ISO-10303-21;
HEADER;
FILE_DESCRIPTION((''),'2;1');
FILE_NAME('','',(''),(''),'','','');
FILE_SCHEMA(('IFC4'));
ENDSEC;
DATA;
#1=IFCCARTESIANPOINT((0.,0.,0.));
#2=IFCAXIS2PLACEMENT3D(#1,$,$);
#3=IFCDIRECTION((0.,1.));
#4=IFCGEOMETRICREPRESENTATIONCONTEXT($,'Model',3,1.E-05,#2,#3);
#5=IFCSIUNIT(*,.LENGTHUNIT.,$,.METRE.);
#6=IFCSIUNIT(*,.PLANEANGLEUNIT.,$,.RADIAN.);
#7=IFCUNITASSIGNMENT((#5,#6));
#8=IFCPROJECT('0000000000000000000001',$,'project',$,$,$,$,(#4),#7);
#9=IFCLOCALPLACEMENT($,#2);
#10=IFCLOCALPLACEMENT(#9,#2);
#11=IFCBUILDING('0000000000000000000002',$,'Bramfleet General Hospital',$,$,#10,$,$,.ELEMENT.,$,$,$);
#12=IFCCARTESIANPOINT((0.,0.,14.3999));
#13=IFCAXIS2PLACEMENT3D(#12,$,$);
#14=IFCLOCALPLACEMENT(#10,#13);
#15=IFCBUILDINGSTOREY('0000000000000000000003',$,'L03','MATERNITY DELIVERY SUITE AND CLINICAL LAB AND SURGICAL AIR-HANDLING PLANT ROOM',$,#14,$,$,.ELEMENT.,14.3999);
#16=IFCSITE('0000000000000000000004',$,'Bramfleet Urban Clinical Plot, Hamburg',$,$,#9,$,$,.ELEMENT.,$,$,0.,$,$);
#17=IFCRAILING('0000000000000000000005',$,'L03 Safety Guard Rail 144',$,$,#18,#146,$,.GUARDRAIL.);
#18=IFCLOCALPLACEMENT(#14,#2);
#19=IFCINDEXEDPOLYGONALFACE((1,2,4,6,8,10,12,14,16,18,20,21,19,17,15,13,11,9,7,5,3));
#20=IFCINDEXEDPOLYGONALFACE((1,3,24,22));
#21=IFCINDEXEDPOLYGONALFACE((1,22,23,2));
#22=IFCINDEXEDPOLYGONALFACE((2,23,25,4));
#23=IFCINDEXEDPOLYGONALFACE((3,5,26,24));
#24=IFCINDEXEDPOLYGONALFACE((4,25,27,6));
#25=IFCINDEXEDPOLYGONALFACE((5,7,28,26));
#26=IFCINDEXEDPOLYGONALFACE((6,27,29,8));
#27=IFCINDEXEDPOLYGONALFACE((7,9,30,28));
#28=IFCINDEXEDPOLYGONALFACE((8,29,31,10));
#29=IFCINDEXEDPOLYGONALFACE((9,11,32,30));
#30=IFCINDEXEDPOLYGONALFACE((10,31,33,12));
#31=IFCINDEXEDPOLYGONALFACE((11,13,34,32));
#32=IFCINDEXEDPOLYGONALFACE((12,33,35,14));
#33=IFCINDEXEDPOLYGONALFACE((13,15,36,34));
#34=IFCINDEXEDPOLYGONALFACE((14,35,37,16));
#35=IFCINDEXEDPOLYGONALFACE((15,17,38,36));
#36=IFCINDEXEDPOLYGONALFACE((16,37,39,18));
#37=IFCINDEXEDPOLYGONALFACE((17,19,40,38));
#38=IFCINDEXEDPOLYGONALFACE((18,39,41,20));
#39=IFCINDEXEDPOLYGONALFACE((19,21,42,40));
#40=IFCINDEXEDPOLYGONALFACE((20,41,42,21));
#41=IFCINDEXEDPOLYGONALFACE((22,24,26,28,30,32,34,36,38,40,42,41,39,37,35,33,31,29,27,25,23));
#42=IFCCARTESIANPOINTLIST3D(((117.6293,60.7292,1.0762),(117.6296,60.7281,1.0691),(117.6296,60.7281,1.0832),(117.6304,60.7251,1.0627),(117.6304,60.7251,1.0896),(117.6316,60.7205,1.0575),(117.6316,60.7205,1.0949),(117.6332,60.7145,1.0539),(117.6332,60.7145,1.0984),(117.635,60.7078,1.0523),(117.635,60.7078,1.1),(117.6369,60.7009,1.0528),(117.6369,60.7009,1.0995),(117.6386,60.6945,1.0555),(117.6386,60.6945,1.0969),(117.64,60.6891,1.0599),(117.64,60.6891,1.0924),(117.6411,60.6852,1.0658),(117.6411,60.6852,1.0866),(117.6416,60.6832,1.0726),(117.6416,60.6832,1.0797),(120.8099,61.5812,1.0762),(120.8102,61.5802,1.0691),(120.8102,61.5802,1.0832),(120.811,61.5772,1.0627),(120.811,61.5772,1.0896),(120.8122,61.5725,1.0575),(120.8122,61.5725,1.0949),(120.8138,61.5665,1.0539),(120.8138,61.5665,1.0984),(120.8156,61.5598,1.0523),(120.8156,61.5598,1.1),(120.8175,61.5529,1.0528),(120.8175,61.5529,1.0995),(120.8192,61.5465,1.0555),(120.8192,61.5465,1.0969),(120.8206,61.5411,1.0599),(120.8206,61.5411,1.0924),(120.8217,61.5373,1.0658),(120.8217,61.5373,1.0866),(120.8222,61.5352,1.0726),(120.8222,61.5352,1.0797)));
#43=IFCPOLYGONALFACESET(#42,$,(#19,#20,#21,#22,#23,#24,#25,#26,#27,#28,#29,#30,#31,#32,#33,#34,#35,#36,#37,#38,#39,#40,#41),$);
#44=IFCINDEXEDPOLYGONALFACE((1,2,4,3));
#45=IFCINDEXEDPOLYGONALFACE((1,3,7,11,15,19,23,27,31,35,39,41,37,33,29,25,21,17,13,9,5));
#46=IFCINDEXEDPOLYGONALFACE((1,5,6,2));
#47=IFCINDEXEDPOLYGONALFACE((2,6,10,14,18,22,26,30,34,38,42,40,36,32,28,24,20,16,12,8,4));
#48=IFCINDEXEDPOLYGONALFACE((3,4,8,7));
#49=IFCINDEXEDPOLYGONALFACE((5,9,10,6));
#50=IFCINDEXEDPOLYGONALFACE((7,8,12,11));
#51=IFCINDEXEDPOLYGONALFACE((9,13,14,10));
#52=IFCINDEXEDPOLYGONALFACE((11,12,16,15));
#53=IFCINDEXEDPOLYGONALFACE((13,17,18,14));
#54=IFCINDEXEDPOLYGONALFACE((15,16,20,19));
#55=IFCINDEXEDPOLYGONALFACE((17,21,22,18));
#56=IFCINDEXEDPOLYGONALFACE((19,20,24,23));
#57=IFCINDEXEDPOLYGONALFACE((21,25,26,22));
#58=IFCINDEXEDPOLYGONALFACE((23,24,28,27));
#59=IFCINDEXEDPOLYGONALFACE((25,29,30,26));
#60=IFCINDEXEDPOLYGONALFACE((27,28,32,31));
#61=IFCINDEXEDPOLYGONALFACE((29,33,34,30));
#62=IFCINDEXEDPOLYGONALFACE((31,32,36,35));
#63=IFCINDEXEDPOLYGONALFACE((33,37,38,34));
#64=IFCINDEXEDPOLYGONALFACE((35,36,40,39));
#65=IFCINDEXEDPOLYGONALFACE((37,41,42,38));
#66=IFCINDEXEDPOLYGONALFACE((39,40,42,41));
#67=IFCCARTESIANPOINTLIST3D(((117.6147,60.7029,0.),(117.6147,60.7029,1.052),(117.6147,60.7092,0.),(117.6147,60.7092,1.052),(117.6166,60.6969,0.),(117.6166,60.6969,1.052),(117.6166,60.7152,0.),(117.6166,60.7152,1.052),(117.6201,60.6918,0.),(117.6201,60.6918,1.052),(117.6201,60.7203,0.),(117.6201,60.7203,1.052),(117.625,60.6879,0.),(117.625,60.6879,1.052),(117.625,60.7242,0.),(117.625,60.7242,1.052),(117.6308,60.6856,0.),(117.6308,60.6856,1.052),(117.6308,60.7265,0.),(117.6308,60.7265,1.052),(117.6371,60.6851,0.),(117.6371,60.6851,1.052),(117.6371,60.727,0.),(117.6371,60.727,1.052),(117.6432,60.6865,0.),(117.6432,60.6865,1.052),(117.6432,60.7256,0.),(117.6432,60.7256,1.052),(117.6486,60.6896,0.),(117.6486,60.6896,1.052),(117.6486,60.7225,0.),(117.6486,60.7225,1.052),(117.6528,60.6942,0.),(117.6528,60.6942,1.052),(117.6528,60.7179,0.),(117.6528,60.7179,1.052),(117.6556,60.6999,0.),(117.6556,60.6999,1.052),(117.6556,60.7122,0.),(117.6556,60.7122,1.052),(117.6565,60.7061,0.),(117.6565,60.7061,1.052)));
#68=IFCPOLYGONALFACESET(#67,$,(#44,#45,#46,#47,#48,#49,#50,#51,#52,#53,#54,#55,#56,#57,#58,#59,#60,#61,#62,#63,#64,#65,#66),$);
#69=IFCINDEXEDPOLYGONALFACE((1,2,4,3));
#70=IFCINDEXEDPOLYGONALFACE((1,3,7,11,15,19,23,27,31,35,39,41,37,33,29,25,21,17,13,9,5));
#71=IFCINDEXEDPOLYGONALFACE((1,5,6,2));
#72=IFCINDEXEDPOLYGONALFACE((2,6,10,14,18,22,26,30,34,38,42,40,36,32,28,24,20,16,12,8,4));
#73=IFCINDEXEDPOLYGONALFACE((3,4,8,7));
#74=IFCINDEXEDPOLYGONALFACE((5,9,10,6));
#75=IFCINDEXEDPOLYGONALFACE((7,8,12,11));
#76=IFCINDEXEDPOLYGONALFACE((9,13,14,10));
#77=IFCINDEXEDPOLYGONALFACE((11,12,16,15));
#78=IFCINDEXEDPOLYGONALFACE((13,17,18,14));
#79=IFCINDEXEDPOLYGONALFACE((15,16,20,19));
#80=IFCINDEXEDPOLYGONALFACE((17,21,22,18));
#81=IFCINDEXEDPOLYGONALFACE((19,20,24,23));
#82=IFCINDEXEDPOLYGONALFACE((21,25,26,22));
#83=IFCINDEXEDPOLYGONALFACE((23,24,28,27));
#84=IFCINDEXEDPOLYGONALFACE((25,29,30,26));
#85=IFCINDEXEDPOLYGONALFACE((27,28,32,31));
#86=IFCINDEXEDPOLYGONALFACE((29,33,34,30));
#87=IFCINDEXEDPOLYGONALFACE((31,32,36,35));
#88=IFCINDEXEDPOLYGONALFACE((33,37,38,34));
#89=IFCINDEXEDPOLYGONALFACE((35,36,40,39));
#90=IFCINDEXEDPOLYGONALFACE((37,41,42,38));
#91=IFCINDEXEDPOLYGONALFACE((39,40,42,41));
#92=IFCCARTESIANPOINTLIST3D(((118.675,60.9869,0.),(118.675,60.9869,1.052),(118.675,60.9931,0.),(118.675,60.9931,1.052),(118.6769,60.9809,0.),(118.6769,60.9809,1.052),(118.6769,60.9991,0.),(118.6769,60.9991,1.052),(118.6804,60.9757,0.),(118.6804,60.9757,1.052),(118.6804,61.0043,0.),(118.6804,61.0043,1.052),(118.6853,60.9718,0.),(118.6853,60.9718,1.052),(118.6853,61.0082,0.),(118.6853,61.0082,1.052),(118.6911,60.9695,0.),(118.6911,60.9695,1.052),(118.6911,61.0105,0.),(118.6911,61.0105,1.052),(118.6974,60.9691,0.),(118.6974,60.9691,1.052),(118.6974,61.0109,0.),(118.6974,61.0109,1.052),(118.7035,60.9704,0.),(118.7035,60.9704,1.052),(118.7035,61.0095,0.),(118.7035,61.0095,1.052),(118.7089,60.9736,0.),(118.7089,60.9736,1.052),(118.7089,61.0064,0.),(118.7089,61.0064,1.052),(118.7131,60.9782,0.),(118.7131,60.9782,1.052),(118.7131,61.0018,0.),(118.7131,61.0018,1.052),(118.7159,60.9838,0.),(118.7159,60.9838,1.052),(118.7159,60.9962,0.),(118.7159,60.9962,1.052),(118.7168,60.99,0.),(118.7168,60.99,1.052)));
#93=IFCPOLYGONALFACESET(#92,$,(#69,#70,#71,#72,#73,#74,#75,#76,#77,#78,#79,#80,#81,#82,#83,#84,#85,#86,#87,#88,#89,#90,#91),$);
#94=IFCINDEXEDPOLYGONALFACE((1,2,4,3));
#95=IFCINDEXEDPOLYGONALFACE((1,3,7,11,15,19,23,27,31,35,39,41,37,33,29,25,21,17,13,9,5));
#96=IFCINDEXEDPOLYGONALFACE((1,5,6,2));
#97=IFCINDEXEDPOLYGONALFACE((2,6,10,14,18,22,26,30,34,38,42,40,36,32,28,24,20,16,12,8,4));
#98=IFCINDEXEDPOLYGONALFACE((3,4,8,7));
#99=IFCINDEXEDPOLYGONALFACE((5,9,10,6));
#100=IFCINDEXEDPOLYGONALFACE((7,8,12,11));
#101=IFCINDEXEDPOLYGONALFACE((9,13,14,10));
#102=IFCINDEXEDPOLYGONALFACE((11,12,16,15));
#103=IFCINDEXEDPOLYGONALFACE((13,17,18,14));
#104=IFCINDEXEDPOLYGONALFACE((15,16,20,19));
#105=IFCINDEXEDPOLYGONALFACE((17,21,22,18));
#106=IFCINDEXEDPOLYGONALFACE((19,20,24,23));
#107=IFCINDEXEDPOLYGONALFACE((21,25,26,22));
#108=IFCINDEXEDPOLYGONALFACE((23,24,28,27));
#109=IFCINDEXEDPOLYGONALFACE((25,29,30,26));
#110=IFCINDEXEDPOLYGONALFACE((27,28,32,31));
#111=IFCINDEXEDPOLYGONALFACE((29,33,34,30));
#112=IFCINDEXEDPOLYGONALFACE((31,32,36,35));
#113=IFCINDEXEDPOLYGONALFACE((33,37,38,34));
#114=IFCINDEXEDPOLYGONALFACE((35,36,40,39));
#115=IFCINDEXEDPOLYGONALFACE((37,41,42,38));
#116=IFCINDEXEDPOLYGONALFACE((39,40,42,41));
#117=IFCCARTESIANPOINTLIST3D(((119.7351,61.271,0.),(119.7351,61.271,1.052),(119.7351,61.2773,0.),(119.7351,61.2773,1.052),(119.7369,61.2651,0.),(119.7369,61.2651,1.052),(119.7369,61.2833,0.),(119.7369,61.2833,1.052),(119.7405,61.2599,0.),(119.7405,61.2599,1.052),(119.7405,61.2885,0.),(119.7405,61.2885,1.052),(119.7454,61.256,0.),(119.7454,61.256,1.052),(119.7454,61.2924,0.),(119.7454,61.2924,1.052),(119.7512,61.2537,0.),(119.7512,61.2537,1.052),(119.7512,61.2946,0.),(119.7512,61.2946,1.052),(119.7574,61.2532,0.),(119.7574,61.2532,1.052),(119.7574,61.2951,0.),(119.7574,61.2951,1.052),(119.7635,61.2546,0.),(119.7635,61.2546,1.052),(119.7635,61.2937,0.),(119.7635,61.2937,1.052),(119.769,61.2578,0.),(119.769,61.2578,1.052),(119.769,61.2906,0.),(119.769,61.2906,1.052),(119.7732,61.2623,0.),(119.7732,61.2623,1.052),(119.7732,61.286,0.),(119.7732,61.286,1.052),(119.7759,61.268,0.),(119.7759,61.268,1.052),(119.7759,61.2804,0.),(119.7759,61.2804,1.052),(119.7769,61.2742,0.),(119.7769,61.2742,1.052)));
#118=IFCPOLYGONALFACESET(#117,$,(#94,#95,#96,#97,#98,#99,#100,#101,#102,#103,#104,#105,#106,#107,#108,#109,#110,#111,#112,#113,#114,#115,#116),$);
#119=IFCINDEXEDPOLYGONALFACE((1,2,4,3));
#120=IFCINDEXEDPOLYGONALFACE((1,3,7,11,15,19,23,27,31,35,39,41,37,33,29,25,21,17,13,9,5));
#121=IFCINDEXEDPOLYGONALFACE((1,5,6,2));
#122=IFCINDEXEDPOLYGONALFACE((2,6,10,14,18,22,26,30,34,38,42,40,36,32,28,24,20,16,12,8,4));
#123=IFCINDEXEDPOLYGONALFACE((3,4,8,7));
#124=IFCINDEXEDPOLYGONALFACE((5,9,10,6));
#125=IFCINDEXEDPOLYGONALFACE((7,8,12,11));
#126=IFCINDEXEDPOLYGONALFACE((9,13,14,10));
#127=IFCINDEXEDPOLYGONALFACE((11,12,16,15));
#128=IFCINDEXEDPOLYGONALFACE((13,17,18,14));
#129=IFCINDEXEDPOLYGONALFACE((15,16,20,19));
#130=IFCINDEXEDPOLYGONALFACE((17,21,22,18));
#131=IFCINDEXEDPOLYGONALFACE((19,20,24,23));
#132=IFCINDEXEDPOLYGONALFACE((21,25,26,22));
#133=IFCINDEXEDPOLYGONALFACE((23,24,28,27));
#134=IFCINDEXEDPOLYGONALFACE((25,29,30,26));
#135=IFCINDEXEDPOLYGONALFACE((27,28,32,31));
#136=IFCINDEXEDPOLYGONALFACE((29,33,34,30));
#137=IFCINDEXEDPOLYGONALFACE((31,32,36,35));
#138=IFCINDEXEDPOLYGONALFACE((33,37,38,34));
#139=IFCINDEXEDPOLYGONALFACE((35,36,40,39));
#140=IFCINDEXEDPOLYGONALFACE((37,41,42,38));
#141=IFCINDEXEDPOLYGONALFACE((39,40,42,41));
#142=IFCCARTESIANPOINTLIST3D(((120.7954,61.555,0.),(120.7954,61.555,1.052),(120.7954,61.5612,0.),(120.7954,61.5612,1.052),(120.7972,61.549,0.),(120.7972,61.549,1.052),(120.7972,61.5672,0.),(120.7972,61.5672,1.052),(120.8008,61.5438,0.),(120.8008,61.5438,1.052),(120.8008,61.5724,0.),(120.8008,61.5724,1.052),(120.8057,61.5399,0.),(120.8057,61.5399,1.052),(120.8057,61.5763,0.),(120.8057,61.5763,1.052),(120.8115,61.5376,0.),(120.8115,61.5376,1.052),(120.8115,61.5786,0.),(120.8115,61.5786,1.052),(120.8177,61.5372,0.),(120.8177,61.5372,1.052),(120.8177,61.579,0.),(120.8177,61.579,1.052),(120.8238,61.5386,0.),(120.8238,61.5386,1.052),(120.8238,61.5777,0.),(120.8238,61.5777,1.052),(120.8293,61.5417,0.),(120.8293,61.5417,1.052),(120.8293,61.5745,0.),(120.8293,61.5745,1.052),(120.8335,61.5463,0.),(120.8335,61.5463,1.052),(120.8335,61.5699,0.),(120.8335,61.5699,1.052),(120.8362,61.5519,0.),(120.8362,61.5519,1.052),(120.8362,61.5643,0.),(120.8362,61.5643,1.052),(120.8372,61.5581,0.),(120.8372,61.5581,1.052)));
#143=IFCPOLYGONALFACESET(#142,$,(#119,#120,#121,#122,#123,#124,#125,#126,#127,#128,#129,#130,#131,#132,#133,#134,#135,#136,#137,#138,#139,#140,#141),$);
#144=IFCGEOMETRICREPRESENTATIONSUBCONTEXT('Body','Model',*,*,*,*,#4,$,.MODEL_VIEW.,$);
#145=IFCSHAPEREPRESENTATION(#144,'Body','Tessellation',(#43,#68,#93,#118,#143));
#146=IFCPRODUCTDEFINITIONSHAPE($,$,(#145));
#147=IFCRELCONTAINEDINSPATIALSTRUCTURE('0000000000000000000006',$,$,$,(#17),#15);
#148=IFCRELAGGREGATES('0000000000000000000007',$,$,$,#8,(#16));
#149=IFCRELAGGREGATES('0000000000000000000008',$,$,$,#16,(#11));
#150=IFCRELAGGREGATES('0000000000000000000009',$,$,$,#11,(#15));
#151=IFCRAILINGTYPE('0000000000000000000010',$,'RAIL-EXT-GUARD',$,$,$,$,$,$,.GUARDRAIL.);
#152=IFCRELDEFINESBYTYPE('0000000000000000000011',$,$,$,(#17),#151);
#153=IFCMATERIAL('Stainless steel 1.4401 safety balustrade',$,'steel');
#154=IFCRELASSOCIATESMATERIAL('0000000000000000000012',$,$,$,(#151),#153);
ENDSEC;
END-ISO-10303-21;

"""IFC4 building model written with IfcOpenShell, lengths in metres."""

from ifc_helpers import new_model, si_unit, direction, frame, origin, origin_2d, place, context, subcontext, project, spatial, circle, extrude, material, type_object, element, save


model = new_model("IFC4")

# Units and contexts
model_context = context("Model", 3, precision=1e-05, world=origin(), true_north=direction((0.0, 1.0)))
body_context = subcontext(model_context, "Body", "Model", "MODEL_VIEW")
ifc_project = project(units=[si_unit("LENGTHUNIT", "METRE"), si_unit("PLANEANGLEUNIT", "RADIAN")], contexts=[model_context])

# Site, building, storey
site_placement = place(None, origin())
site = spatial("IfcSite", under=ifc_project, at=site_placement, Name="Bramfleet Urban Clinical Plot, Hamburg", CompositionType="ELEMENT", RefElevation=0.0)
building_placement = place(site_placement, origin())
building = spatial("IfcBuilding", under=site, at=building_placement, Name="Bramfleet General Hospital", CompositionType="ELEMENT")
storey_placement = place(building_placement, frame((0.0, 0.0, 14.3999)))
storey = spatial("IfcBuildingStorey", under=building, at=storey_placement, Name="L03", Description="MATERNITY DELIVERY SUITE AND CLINICAL LAB AND SURGICAL AIR-HANDLING PLANT ROOM", CompositionType="ELEMENT", Elevation=14.3999)

# Railing
ifc_material_1 = material(Name="Stainless steel 1.4401 safety balustrade", Category="steel")
railing_type = type_object("IfcRailingType", Name="RAIL-EXT-GUARD", PredefinedType="GUARDRAIL", material=ifc_material_1)
railing_placement = place(storey_placement, frame((117.6355, 60.7061, 0.0)))
element("IfcRailing", 1, at=railing_placement, inside=storey, type_object=railing_type, Name="L03 Safety Guard Rail 144", PredefinedType="GUARDRAIL", context=body_context, shape_type="SweptSolid", body=[
    extrude(circle(Radius=0.0239, at=origin_2d()), frame((0.0, 0.0, 1.0762), z_axis=(0.965941, 0.258761, 0.0), x_axis=(-0.258761, 0.965941, 0.0)), (0.0, 0.0, 1.0), 3.2927),
    extrude(circle(Radius=0.021, at=origin_2d()), origin(), (0.0, 0.0, 1.0), 1.052),
    extrude(circle(Radius=0.021, at=origin_2d()), frame((1.0603, 0.2839, 0.0)), (0.0, 0.0, 1.0), 1.052),
    extrude(circle(Radius=0.021, at=origin_2d()), frame((2.1204, 0.5681, 0.0)), (0.0, 0.0, 1.0), 1.052),
    extrude(circle(Radius=0.021, at=origin_2d()), frame((3.1807, 0.8521, 0.0)), (0.0, 0.0, 1.0), 1.052),
])

save(model, "model.ifc")
